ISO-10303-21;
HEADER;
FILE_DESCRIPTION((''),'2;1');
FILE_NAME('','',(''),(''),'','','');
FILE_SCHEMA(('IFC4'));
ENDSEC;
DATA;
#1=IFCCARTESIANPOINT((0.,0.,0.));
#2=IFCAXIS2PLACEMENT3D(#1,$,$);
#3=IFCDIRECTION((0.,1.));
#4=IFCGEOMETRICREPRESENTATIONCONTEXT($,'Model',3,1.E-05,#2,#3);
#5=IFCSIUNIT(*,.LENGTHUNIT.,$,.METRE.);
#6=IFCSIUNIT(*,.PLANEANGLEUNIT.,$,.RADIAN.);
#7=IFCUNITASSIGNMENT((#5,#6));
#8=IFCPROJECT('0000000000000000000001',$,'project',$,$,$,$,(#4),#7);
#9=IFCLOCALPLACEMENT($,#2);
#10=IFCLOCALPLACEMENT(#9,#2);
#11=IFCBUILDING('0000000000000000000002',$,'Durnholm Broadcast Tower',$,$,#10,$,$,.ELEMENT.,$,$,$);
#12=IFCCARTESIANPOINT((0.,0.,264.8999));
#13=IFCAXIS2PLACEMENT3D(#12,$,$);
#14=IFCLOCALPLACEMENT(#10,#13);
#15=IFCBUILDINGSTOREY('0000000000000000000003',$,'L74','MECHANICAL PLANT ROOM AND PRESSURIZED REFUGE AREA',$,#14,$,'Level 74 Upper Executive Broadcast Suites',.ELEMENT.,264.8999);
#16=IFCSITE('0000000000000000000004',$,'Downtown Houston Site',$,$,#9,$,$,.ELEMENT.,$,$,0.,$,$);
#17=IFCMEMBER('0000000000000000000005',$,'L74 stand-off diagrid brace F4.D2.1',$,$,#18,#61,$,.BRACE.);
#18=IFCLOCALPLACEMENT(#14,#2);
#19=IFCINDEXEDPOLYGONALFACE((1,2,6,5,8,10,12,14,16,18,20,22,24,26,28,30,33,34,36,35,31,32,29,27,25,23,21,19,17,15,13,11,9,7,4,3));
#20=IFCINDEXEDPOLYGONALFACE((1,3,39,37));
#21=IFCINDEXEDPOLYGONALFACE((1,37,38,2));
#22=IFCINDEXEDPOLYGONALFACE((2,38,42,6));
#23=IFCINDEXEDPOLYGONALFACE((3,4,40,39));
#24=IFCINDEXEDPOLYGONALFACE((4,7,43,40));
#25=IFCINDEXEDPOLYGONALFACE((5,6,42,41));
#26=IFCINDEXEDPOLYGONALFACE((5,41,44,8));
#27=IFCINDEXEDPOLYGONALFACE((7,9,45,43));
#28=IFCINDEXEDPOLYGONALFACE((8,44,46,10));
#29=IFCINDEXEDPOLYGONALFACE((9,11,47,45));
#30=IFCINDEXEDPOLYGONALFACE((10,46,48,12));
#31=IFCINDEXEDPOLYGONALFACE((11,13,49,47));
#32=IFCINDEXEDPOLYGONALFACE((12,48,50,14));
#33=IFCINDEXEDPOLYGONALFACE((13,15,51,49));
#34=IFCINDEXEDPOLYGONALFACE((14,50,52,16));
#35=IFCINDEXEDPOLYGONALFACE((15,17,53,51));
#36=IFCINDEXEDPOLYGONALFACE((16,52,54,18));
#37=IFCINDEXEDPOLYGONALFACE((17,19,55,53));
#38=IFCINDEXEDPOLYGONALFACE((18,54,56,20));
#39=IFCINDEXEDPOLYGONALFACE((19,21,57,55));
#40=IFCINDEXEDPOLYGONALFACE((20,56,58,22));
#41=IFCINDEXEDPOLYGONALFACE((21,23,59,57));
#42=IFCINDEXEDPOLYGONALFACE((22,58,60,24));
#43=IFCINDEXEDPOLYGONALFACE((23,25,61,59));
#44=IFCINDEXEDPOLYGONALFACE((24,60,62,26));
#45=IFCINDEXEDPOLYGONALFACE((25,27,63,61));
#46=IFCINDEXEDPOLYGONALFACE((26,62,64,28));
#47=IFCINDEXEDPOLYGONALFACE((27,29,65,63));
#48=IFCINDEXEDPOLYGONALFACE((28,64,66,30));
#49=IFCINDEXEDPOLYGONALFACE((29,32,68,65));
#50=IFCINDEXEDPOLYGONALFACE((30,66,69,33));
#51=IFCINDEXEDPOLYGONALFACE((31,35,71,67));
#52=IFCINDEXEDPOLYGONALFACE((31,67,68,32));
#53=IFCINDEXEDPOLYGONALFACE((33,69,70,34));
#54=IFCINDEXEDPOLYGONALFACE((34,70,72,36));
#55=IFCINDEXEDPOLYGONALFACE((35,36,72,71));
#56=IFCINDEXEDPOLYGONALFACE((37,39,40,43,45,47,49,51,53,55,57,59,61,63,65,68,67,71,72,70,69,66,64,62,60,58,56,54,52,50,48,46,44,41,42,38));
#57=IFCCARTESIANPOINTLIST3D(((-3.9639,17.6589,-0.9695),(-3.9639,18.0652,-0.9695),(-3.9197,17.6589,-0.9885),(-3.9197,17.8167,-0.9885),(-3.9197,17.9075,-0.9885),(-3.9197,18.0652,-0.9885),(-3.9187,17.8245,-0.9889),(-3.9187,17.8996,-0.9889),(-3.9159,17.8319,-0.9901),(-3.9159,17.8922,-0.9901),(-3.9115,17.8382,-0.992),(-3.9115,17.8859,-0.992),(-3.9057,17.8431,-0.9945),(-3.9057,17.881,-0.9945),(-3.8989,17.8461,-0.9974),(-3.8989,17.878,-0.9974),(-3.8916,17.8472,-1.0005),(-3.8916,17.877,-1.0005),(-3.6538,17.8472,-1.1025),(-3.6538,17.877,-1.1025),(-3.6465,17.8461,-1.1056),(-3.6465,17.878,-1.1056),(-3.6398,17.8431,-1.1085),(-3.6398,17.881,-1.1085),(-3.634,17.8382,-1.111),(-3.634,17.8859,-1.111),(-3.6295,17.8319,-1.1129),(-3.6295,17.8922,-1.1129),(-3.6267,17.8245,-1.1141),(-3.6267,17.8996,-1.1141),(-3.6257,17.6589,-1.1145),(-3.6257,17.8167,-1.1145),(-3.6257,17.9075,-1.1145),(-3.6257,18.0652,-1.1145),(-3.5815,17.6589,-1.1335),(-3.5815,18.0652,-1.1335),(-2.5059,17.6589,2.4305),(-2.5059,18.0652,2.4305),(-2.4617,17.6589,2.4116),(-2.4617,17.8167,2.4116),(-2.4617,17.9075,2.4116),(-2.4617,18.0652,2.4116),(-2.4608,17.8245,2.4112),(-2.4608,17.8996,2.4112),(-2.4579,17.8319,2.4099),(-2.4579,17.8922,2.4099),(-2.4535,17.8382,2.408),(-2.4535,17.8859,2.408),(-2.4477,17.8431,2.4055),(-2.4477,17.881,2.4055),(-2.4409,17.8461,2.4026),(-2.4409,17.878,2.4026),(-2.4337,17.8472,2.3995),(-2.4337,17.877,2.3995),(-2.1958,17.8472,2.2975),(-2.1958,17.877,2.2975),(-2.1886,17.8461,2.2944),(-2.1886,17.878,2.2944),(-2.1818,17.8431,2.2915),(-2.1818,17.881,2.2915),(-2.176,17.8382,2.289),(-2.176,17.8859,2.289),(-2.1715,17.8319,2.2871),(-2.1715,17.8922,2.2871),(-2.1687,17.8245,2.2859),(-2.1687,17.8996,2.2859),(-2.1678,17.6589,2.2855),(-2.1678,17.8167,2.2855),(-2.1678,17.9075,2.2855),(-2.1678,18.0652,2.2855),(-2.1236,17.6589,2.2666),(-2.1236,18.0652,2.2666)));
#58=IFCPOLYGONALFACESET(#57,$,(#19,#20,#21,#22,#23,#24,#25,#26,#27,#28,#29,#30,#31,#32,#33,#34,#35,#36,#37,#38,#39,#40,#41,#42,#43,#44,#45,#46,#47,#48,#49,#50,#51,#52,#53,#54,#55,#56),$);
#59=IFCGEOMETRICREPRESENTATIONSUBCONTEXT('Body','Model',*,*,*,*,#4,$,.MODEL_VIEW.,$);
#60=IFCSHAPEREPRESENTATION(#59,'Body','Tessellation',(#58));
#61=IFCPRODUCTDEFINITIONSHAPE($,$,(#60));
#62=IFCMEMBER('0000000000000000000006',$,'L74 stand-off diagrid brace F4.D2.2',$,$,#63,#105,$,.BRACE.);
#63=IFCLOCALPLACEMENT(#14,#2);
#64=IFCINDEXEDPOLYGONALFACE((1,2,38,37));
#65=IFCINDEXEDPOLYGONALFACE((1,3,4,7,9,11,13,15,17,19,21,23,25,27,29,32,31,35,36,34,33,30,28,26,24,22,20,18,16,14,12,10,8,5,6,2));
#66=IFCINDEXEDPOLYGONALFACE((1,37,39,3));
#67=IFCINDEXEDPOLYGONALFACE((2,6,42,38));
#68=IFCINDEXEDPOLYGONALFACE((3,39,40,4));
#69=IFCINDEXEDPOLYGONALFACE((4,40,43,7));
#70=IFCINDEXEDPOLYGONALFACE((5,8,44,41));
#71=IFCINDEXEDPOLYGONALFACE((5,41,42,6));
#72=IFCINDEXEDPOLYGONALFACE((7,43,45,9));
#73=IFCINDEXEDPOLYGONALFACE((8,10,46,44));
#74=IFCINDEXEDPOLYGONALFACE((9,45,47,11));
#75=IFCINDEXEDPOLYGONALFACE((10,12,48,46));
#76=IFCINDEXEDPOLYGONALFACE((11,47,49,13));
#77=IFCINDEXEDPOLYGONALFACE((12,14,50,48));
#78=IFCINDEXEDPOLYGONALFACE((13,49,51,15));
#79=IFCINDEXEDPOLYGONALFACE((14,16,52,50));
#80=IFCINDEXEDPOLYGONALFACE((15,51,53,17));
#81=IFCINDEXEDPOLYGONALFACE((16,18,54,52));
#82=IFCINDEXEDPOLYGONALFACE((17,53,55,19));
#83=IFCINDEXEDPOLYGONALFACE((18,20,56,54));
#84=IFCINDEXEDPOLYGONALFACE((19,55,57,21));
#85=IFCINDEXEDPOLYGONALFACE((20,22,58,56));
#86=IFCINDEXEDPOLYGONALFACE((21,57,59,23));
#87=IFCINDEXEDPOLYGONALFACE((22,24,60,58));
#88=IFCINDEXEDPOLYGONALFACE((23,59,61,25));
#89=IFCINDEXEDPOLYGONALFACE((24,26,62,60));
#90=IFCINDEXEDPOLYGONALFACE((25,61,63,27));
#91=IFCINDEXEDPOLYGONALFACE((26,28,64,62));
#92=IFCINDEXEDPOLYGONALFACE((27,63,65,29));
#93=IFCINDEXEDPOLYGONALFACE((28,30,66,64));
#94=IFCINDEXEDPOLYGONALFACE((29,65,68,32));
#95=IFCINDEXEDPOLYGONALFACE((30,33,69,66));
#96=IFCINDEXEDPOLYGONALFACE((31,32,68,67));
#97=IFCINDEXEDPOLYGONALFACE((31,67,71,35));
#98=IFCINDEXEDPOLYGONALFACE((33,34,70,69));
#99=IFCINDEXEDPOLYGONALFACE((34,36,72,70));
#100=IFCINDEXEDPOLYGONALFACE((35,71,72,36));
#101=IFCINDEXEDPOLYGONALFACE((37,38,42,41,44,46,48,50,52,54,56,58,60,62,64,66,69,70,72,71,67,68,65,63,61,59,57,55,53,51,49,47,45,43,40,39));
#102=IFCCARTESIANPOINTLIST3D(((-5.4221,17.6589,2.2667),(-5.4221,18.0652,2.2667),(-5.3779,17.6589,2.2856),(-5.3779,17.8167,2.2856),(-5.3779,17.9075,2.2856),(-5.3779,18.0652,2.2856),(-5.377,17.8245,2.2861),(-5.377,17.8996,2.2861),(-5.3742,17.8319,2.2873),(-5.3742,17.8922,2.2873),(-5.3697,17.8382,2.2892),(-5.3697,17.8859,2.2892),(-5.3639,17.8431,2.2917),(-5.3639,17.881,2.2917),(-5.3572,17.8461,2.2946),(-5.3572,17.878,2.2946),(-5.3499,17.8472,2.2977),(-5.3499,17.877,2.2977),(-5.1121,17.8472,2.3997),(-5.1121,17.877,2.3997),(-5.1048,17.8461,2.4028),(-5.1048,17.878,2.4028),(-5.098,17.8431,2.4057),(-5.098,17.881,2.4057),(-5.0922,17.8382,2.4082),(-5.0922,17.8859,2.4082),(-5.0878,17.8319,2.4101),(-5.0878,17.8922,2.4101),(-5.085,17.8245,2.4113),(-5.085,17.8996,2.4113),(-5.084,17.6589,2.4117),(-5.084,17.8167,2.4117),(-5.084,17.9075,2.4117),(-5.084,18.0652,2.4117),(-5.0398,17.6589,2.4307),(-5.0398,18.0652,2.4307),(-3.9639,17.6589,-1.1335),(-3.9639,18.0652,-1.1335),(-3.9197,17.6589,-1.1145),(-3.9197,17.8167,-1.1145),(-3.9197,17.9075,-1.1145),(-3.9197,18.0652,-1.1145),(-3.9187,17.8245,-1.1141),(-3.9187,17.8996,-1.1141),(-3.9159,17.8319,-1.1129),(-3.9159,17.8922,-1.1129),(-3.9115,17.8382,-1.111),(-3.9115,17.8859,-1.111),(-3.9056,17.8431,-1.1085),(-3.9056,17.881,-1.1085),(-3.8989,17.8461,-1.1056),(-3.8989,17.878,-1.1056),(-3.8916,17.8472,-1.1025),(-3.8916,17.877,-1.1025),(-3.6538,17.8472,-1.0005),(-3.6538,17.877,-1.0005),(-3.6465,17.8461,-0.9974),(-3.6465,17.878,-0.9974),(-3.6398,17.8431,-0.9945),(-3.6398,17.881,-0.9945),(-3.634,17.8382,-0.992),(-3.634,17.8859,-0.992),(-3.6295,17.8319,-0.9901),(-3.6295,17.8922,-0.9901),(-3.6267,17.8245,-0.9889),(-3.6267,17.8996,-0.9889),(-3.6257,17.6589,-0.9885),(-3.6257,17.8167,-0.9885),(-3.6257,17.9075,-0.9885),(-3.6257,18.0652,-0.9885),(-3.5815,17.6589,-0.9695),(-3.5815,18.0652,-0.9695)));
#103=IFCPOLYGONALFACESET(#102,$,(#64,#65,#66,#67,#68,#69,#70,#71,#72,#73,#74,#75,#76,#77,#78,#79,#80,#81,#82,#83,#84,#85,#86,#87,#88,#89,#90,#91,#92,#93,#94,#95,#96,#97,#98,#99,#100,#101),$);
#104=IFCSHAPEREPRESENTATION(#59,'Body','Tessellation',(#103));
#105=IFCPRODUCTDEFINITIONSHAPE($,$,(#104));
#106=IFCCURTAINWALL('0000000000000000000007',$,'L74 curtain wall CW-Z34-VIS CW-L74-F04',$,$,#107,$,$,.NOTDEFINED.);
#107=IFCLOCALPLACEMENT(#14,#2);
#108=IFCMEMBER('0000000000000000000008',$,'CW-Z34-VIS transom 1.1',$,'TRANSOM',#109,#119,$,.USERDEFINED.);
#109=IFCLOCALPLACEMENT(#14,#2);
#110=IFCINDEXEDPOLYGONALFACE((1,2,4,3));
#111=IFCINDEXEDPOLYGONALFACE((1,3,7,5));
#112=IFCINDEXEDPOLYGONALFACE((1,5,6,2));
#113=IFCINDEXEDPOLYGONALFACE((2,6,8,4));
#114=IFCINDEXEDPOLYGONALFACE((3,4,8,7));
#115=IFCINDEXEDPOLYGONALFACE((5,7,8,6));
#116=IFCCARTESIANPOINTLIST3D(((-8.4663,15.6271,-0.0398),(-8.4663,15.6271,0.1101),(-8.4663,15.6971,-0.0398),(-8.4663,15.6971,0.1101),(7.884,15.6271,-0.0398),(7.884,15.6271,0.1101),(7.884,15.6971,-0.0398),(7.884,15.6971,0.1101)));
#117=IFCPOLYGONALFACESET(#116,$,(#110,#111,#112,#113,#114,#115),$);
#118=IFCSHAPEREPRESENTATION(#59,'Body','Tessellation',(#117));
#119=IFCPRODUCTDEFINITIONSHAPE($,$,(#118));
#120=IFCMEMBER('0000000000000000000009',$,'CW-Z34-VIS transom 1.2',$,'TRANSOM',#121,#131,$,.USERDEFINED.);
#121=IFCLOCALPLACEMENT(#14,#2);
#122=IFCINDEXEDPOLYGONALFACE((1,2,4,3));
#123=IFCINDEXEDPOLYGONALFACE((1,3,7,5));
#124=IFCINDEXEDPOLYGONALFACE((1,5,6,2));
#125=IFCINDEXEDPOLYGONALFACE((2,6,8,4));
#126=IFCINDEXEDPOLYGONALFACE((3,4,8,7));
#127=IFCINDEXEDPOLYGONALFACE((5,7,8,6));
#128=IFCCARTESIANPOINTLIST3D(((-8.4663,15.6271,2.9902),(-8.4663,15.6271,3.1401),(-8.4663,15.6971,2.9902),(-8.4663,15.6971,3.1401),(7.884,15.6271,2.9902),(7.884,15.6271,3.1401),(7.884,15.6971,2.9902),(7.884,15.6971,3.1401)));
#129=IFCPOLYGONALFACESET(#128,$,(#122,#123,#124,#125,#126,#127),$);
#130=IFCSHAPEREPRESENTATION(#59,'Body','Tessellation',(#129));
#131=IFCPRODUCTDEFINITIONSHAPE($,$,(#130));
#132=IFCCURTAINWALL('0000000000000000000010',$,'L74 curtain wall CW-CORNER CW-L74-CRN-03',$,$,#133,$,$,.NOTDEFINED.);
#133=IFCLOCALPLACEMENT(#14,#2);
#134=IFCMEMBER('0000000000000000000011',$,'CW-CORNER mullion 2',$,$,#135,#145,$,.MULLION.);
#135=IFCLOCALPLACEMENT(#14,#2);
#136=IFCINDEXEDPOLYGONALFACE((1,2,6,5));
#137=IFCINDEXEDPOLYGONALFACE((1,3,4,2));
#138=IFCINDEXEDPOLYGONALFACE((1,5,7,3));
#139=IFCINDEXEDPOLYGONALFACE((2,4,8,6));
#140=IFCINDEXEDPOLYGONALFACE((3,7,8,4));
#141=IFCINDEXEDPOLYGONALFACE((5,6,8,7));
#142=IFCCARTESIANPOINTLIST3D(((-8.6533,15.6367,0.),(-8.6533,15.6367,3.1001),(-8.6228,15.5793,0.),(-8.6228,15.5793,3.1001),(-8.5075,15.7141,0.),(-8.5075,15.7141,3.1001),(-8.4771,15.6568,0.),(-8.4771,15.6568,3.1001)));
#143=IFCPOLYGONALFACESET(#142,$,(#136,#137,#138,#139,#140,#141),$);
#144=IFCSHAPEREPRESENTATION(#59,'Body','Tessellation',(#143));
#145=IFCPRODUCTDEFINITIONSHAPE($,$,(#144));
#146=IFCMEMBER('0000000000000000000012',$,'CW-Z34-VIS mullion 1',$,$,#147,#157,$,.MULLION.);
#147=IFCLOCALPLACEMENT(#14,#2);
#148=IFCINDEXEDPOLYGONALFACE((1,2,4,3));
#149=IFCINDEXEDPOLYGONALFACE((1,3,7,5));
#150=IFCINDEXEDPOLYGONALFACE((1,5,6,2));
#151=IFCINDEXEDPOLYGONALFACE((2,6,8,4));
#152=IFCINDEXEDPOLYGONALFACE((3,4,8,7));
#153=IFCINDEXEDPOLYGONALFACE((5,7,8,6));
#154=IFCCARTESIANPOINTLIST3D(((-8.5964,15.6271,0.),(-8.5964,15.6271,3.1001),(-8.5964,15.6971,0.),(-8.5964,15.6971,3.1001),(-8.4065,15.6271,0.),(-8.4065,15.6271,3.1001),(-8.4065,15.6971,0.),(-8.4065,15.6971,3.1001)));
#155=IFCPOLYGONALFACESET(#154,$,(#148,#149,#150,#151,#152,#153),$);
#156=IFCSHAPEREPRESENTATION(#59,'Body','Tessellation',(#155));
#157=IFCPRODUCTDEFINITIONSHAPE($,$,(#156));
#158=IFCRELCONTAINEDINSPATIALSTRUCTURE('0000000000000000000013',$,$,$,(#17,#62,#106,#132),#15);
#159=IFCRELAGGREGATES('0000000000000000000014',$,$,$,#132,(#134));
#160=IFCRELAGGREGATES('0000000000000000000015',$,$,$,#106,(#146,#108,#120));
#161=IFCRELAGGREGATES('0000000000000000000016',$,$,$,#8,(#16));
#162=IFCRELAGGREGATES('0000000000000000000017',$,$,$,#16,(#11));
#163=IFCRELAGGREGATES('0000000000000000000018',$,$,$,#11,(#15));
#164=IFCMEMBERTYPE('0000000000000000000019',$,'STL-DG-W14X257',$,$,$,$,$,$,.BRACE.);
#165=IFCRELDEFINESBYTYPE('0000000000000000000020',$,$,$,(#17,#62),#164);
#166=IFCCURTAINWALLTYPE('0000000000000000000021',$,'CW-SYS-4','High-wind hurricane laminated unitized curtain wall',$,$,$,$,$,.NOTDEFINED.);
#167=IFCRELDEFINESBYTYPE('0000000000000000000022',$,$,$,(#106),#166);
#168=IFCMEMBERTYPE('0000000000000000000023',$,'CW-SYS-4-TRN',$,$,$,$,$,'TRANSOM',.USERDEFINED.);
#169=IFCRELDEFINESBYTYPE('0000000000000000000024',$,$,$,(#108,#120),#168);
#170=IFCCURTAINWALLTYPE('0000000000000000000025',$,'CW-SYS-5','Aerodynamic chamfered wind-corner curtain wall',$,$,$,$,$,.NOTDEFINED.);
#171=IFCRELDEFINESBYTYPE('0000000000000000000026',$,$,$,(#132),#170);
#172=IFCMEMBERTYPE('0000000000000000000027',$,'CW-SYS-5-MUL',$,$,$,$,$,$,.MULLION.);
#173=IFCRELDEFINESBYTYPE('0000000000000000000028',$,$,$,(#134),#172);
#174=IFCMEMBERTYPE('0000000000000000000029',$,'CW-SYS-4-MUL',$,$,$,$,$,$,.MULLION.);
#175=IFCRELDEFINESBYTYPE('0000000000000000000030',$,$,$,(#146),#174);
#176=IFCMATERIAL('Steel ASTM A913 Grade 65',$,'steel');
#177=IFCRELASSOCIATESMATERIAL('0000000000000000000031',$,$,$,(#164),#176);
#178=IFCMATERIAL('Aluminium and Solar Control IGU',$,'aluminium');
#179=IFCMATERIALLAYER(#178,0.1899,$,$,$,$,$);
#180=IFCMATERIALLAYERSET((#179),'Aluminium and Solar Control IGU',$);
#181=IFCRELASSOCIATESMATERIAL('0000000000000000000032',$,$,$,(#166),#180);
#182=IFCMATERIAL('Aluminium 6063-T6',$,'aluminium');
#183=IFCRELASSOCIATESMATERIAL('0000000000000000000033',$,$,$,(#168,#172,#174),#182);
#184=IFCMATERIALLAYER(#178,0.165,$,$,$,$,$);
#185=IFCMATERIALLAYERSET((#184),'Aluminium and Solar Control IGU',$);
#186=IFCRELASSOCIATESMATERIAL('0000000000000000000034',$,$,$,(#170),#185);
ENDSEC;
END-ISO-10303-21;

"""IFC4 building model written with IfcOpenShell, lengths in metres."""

from ifc_helpers import new_model, si_unit, direction, frame, origin, origin_2d, place, context, subcontext, project, spatial, rectangle, i_section, extrude, source, transform, mapped, material, layer, layer_set, material_profile, profile_set, type_object, type_shapes, element, aggregate, save


model = new_model("IFC4")

# Units and contexts
model_context = context("Model", 3, precision=1e-05, world=origin(), true_north=direction((0.0, 1.0)))
body_context = subcontext(model_context, "Body", "Model", "MODEL_VIEW")
ifc_project = project(units=[si_unit("LENGTHUNIT", "METRE"), si_unit("PLANEANGLEUNIT", "RADIAN")], contexts=[model_context])

# Site, building, storey
site_placement = place(None, origin())
site = spatial("IfcSite", under=ifc_project, at=site_placement, Name="Downtown Houston Site", CompositionType="ELEMENT", RefElevation=0.0)
building_placement = place(site_placement, origin())
building = spatial("IfcBuilding", under=site, at=building_placement, Name="Durnholm Broadcast Tower", CompositionType="ELEMENT")
storey_placement = place(building_placement, frame((0.0, 0.0, 264.8999)))
storey = spatial("IfcBuildingStorey", under=building, at=storey_placement, Name="L74", Description="MECHANICAL PLANT ROOM AND PRESSURIZED REFUGE AREA", LongName="Level 74 Upper Executive Broadcast Suites", CompositionType="ELEMENT", Elevation=264.8999)

# Members
ifc_material_1 = material(Name="Steel ASTM A913 Grade 65", Category="steel")
ifc_material_profile_1 = material_profile(ifc_material_1, i_section(OverallWidth=0.4062, OverallDepth=0.416, WebThickness=0.0298, FlangeThickness=0.0481, FilletRadius=0.0305, at=origin_2d()), Name="W14X257")
ifc_profile_set_1 = profile_set([ifc_material_profile_1], Name="Steel ASTM A913 Grade 65")
member_type_1 = type_object("IfcMemberType", Name="STL-DG-W14X257", PredefinedType="BRACE", material=ifc_profile_set_1)
shared_shape_1 = source(origin(), body_context, "Body", "SweptSolid", [
    extrude(i_section(OverallWidth=0.4062, OverallDepth=0.416, WebThickness=0.0298, FlangeThickness=0.0481, FilletRadius=0.0305, at=origin_2d()), origin(), (0.0, 0.0, 1.0), 3.6995),
])
member_1_placement = place(storey_placement, frame((-3.7727, 17.8621, -1.0515), z_axis=(0.394102, 0.0, 0.919067), x_axis=(0.0, 1.0, 0.0)))
element("IfcMember", 1, at=member_1_placement, inside=storey, type_object=member_type_1, Name="L74 stand-off diagrid brace F4.D2.1", PredefinedType="BRACE", context=body_context, shape_type="MappedRepresentation", body=[
    mapped(shared_shape_1, transform((0.0, 0.0, 0.0), x_axis=(1.0, 0.0, 0.0), y_axis=(0.0, 1.0, 0.0), z_axis=(0.0, 0.0, 1.0), scale=1.0)),
])
shared_shape_2 = source(origin(), body_context, "Body", "SweptSolid", [
    extrude(i_section(OverallWidth=0.4062, OverallDepth=0.416, WebThickness=0.0298, FlangeThickness=0.0481, FilletRadius=0.0305, at=origin_2d()), origin(), (0.0, 0.0, 1.0), 3.6997),
])
type_shapes(member_type_1, [shared_shape_1, shared_shape_2])
member_2_placement = place(storey_placement, frame((-3.7727, 17.8621, -1.0515), z_axis=(-0.394158, 0.0, 0.919043), x_axis=(0.0, -1.0, 0.0)))
element("IfcMember", 2, at=member_2_placement, inside=storey, type_object=member_type_1, Name="L74 stand-off diagrid brace F4.D2.2", PredefinedType="BRACE", context=body_context, shape_type="MappedRepresentation", body=[
    mapped(shared_shape_2, transform((0.0, 0.0, 0.0), x_axis=(1.0, 0.0, 0.0), y_axis=(0.0, 1.0, 0.0), z_axis=(0.0, 0.0, 1.0), scale=1.0)),
])

# Curtain wall, members
ifc_material_2 = material(Name="Aluminium and Solar Control IGU", Category="aluminium")
ifc_layer_1 = layer(ifc_material_2, 0.1899)
ifc_layer_set_1 = layer_set([ifc_layer_1], Name="Aluminium and Solar Control IGU")
curtain_wall_type_1 = type_object("IfcCurtainWallType", Name="CW-SYS-4", Description="High-wind hurricane laminated unitized curtain wall", PredefinedType="NOTDEFINED", material=ifc_layer_set_1)
curtain_wall_1_placement = place(storey_placement, origin())
curtain_wall_1 = element("IfcCurtainWall", 3, at=curtain_wall_1_placement, inside=storey, type_object=curtain_wall_type_1, Name="L74 curtain wall CW-Z34-VIS CW-L74-F04", PredefinedType="NOTDEFINED")
ifc_material_3 = material(Name="Aluminium 6063-T6", Category="aluminium")
ifc_material_profile_2 = material_profile(ifc_material_3, rectangle(XDim=0.0701, YDim=0.1499, at=origin_2d()), Name="CWT70X150")
ifc_profile_set_2 = profile_set([ifc_material_profile_2], Name="Aluminium 6063-T6")
member_type_2 = type_object("IfcMemberType", Name="CW-SYS-4-TRN", ElementType="TRANSOM", PredefinedType="USERDEFINED", material=ifc_profile_set_2)
shared_shape_3 = source(origin(), body_context, "Body", "SweptSolid", [
    extrude(rectangle(XDim=0.0701, YDim=0.1499, at=origin_2d()), origin(), (0.0, 0.0, 1.0), 16.3503),
])
type_shapes(member_type_2, [shared_shape_3])
member_3_placement = place(storey_placement, frame((-8.4663, 15.6621, 0.0352), z_axis=(1.0, 0.0, 0.0), x_axis=(0.0, 1.0, 0.0)))
member_3 = element("IfcMember", 4, at=member_3_placement, type_object=member_type_2, Name="CW-Z34-VIS transom 1.1", ObjectType="TRANSOM", PredefinedType="USERDEFINED", context=body_context, shape_type="MappedRepresentation", body=[
    mapped(shared_shape_3, transform((0.0, 0.0, 0.0), x_axis=(1.0, 0.0, 0.0), y_axis=(0.0, 1.0, 0.0), z_axis=(0.0, 0.0, 1.0), scale=1.0)),
])
member_4_placement = place(storey_placement, frame((-8.4663, 15.6621, 3.0652), z_axis=(1.0, 0.0, 0.0), x_axis=(0.0, 1.0, 0.0)))
member_4 = element("IfcMember", 5, at=member_4_placement, type_object=member_type_2, Name="CW-Z34-VIS transom 1.2", ObjectType="TRANSOM", PredefinedType="USERDEFINED", context=body_context, shape_type="MappedRepresentation", body=[
    mapped(shared_shape_3, transform((0.0, 0.0, 0.0), x_axis=(1.0, 0.0, 0.0), y_axis=(0.0, 1.0, 0.0), z_axis=(0.0, 0.0, 1.0), scale=1.0)),
])

# Curtain wall, member
ifc_layer_2 = layer(ifc_material_2, 0.165)
ifc_layer_set_2 = layer_set([ifc_layer_2], Name="Aluminium and Solar Control IGU")
curtain_wall_type_2 = type_object("IfcCurtainWallType", Name="CW-SYS-5", Description="Aerodynamic chamfered wind-corner curtain wall", PredefinedType="NOTDEFINED", material=ifc_layer_set_2)
curtain_wall_2_placement = place(storey_placement, origin())
curtain_wall_2 = element("IfcCurtainWall", 6, at=curtain_wall_2_placement, inside=storey, type_object=curtain_wall_type_2, Name="L74 curtain wall CW-CORNER CW-L74-CRN-03", PredefinedType="NOTDEFINED")
ifc_material_profile_3 = material_profile(ifc_material_3, rectangle(XDim=0.0649, YDim=0.165, at=origin_2d()), Name="CWM65X165")
ifc_profile_set_3 = profile_set([ifc_material_profile_3], Name="Aluminium 6063-T6")
member_type_3 = type_object("IfcMemberType", Name="CW-SYS-5-MUL", PredefinedType="MULLION", material=ifc_profile_set_3)
shared_shape_4 = source(origin(), body_context, "Body", "SweptSolid", [
    extrude(rectangle(XDim=0.0649, YDim=0.165, at=origin_2d()), origin(), (0.0, 0.0, 1.0), 3.1001),
])
type_shapes(member_type_3, [shared_shape_4])
member_5_placement = place(storey_placement, frame((-8.5652, 15.6467, 0.0), z_axis=(0.0, 0.0, 1.0), x_axis=(-0.469007, 0.883195, 0.0)))
member_5 = element("IfcMember", 7, at=member_5_placement, type_object=member_type_3, Name="CW-CORNER mullion 2", PredefinedType="MULLION", context=body_context, shape_type="MappedRepresentation", body=[
    mapped(shared_shape_4, transform((0.0, 0.0, 0.0), x_axis=(1.0, 0.0, 0.0), y_axis=(0.0, 1.0, 0.0), z_axis=(0.0, 0.0, 1.0), scale=1.0)),
])

# Member
ifc_material_profile_4 = material_profile(ifc_material_3, rectangle(XDim=0.0701, YDim=0.1899, at=origin_2d()), Name="CWM70X190")
ifc_profile_set_4 = profile_set([ifc_material_profile_4], Name="Aluminium 6063-T6")
member_type_4 = type_object("IfcMemberType", Name="CW-SYS-4-MUL", PredefinedType="MULLION", material=ifc_profile_set_4)
shared_shape_5 = source(origin(), body_context, "Body", "SweptSolid", [
    extrude(rectangle(XDim=0.0701, YDim=0.1899, at=origin_2d()), origin(), (0.0, 0.0, 1.0), 3.1001),
])
type_shapes(member_type_4, [shared_shape_5])
member_6_placement = place(storey_placement, frame((-8.5015, 15.6621, 0.0), z_axis=(0.0, 0.0, 1.0), x_axis=(0.0, 1.0, 0.0)))
member_6 = element("IfcMember", 8, at=member_6_placement, type_object=member_type_4, Name="CW-Z34-VIS mullion 1", PredefinedType="MULLION", context=body_context, shape_type="MappedRepresentation", body=[
    mapped(shared_shape_5, transform((0.0, 0.0, 0.0), x_axis=(1.0, 0.0, 0.0), y_axis=(0.0, 1.0, 0.0), z_axis=(0.0, 0.0, 1.0), scale=1.0)),
])

aggregate(curtain_wall_2, [member_5])
aggregate(curtain_wall_1, [member_6, member_3, member_4])

save(model, "model.ifc")
